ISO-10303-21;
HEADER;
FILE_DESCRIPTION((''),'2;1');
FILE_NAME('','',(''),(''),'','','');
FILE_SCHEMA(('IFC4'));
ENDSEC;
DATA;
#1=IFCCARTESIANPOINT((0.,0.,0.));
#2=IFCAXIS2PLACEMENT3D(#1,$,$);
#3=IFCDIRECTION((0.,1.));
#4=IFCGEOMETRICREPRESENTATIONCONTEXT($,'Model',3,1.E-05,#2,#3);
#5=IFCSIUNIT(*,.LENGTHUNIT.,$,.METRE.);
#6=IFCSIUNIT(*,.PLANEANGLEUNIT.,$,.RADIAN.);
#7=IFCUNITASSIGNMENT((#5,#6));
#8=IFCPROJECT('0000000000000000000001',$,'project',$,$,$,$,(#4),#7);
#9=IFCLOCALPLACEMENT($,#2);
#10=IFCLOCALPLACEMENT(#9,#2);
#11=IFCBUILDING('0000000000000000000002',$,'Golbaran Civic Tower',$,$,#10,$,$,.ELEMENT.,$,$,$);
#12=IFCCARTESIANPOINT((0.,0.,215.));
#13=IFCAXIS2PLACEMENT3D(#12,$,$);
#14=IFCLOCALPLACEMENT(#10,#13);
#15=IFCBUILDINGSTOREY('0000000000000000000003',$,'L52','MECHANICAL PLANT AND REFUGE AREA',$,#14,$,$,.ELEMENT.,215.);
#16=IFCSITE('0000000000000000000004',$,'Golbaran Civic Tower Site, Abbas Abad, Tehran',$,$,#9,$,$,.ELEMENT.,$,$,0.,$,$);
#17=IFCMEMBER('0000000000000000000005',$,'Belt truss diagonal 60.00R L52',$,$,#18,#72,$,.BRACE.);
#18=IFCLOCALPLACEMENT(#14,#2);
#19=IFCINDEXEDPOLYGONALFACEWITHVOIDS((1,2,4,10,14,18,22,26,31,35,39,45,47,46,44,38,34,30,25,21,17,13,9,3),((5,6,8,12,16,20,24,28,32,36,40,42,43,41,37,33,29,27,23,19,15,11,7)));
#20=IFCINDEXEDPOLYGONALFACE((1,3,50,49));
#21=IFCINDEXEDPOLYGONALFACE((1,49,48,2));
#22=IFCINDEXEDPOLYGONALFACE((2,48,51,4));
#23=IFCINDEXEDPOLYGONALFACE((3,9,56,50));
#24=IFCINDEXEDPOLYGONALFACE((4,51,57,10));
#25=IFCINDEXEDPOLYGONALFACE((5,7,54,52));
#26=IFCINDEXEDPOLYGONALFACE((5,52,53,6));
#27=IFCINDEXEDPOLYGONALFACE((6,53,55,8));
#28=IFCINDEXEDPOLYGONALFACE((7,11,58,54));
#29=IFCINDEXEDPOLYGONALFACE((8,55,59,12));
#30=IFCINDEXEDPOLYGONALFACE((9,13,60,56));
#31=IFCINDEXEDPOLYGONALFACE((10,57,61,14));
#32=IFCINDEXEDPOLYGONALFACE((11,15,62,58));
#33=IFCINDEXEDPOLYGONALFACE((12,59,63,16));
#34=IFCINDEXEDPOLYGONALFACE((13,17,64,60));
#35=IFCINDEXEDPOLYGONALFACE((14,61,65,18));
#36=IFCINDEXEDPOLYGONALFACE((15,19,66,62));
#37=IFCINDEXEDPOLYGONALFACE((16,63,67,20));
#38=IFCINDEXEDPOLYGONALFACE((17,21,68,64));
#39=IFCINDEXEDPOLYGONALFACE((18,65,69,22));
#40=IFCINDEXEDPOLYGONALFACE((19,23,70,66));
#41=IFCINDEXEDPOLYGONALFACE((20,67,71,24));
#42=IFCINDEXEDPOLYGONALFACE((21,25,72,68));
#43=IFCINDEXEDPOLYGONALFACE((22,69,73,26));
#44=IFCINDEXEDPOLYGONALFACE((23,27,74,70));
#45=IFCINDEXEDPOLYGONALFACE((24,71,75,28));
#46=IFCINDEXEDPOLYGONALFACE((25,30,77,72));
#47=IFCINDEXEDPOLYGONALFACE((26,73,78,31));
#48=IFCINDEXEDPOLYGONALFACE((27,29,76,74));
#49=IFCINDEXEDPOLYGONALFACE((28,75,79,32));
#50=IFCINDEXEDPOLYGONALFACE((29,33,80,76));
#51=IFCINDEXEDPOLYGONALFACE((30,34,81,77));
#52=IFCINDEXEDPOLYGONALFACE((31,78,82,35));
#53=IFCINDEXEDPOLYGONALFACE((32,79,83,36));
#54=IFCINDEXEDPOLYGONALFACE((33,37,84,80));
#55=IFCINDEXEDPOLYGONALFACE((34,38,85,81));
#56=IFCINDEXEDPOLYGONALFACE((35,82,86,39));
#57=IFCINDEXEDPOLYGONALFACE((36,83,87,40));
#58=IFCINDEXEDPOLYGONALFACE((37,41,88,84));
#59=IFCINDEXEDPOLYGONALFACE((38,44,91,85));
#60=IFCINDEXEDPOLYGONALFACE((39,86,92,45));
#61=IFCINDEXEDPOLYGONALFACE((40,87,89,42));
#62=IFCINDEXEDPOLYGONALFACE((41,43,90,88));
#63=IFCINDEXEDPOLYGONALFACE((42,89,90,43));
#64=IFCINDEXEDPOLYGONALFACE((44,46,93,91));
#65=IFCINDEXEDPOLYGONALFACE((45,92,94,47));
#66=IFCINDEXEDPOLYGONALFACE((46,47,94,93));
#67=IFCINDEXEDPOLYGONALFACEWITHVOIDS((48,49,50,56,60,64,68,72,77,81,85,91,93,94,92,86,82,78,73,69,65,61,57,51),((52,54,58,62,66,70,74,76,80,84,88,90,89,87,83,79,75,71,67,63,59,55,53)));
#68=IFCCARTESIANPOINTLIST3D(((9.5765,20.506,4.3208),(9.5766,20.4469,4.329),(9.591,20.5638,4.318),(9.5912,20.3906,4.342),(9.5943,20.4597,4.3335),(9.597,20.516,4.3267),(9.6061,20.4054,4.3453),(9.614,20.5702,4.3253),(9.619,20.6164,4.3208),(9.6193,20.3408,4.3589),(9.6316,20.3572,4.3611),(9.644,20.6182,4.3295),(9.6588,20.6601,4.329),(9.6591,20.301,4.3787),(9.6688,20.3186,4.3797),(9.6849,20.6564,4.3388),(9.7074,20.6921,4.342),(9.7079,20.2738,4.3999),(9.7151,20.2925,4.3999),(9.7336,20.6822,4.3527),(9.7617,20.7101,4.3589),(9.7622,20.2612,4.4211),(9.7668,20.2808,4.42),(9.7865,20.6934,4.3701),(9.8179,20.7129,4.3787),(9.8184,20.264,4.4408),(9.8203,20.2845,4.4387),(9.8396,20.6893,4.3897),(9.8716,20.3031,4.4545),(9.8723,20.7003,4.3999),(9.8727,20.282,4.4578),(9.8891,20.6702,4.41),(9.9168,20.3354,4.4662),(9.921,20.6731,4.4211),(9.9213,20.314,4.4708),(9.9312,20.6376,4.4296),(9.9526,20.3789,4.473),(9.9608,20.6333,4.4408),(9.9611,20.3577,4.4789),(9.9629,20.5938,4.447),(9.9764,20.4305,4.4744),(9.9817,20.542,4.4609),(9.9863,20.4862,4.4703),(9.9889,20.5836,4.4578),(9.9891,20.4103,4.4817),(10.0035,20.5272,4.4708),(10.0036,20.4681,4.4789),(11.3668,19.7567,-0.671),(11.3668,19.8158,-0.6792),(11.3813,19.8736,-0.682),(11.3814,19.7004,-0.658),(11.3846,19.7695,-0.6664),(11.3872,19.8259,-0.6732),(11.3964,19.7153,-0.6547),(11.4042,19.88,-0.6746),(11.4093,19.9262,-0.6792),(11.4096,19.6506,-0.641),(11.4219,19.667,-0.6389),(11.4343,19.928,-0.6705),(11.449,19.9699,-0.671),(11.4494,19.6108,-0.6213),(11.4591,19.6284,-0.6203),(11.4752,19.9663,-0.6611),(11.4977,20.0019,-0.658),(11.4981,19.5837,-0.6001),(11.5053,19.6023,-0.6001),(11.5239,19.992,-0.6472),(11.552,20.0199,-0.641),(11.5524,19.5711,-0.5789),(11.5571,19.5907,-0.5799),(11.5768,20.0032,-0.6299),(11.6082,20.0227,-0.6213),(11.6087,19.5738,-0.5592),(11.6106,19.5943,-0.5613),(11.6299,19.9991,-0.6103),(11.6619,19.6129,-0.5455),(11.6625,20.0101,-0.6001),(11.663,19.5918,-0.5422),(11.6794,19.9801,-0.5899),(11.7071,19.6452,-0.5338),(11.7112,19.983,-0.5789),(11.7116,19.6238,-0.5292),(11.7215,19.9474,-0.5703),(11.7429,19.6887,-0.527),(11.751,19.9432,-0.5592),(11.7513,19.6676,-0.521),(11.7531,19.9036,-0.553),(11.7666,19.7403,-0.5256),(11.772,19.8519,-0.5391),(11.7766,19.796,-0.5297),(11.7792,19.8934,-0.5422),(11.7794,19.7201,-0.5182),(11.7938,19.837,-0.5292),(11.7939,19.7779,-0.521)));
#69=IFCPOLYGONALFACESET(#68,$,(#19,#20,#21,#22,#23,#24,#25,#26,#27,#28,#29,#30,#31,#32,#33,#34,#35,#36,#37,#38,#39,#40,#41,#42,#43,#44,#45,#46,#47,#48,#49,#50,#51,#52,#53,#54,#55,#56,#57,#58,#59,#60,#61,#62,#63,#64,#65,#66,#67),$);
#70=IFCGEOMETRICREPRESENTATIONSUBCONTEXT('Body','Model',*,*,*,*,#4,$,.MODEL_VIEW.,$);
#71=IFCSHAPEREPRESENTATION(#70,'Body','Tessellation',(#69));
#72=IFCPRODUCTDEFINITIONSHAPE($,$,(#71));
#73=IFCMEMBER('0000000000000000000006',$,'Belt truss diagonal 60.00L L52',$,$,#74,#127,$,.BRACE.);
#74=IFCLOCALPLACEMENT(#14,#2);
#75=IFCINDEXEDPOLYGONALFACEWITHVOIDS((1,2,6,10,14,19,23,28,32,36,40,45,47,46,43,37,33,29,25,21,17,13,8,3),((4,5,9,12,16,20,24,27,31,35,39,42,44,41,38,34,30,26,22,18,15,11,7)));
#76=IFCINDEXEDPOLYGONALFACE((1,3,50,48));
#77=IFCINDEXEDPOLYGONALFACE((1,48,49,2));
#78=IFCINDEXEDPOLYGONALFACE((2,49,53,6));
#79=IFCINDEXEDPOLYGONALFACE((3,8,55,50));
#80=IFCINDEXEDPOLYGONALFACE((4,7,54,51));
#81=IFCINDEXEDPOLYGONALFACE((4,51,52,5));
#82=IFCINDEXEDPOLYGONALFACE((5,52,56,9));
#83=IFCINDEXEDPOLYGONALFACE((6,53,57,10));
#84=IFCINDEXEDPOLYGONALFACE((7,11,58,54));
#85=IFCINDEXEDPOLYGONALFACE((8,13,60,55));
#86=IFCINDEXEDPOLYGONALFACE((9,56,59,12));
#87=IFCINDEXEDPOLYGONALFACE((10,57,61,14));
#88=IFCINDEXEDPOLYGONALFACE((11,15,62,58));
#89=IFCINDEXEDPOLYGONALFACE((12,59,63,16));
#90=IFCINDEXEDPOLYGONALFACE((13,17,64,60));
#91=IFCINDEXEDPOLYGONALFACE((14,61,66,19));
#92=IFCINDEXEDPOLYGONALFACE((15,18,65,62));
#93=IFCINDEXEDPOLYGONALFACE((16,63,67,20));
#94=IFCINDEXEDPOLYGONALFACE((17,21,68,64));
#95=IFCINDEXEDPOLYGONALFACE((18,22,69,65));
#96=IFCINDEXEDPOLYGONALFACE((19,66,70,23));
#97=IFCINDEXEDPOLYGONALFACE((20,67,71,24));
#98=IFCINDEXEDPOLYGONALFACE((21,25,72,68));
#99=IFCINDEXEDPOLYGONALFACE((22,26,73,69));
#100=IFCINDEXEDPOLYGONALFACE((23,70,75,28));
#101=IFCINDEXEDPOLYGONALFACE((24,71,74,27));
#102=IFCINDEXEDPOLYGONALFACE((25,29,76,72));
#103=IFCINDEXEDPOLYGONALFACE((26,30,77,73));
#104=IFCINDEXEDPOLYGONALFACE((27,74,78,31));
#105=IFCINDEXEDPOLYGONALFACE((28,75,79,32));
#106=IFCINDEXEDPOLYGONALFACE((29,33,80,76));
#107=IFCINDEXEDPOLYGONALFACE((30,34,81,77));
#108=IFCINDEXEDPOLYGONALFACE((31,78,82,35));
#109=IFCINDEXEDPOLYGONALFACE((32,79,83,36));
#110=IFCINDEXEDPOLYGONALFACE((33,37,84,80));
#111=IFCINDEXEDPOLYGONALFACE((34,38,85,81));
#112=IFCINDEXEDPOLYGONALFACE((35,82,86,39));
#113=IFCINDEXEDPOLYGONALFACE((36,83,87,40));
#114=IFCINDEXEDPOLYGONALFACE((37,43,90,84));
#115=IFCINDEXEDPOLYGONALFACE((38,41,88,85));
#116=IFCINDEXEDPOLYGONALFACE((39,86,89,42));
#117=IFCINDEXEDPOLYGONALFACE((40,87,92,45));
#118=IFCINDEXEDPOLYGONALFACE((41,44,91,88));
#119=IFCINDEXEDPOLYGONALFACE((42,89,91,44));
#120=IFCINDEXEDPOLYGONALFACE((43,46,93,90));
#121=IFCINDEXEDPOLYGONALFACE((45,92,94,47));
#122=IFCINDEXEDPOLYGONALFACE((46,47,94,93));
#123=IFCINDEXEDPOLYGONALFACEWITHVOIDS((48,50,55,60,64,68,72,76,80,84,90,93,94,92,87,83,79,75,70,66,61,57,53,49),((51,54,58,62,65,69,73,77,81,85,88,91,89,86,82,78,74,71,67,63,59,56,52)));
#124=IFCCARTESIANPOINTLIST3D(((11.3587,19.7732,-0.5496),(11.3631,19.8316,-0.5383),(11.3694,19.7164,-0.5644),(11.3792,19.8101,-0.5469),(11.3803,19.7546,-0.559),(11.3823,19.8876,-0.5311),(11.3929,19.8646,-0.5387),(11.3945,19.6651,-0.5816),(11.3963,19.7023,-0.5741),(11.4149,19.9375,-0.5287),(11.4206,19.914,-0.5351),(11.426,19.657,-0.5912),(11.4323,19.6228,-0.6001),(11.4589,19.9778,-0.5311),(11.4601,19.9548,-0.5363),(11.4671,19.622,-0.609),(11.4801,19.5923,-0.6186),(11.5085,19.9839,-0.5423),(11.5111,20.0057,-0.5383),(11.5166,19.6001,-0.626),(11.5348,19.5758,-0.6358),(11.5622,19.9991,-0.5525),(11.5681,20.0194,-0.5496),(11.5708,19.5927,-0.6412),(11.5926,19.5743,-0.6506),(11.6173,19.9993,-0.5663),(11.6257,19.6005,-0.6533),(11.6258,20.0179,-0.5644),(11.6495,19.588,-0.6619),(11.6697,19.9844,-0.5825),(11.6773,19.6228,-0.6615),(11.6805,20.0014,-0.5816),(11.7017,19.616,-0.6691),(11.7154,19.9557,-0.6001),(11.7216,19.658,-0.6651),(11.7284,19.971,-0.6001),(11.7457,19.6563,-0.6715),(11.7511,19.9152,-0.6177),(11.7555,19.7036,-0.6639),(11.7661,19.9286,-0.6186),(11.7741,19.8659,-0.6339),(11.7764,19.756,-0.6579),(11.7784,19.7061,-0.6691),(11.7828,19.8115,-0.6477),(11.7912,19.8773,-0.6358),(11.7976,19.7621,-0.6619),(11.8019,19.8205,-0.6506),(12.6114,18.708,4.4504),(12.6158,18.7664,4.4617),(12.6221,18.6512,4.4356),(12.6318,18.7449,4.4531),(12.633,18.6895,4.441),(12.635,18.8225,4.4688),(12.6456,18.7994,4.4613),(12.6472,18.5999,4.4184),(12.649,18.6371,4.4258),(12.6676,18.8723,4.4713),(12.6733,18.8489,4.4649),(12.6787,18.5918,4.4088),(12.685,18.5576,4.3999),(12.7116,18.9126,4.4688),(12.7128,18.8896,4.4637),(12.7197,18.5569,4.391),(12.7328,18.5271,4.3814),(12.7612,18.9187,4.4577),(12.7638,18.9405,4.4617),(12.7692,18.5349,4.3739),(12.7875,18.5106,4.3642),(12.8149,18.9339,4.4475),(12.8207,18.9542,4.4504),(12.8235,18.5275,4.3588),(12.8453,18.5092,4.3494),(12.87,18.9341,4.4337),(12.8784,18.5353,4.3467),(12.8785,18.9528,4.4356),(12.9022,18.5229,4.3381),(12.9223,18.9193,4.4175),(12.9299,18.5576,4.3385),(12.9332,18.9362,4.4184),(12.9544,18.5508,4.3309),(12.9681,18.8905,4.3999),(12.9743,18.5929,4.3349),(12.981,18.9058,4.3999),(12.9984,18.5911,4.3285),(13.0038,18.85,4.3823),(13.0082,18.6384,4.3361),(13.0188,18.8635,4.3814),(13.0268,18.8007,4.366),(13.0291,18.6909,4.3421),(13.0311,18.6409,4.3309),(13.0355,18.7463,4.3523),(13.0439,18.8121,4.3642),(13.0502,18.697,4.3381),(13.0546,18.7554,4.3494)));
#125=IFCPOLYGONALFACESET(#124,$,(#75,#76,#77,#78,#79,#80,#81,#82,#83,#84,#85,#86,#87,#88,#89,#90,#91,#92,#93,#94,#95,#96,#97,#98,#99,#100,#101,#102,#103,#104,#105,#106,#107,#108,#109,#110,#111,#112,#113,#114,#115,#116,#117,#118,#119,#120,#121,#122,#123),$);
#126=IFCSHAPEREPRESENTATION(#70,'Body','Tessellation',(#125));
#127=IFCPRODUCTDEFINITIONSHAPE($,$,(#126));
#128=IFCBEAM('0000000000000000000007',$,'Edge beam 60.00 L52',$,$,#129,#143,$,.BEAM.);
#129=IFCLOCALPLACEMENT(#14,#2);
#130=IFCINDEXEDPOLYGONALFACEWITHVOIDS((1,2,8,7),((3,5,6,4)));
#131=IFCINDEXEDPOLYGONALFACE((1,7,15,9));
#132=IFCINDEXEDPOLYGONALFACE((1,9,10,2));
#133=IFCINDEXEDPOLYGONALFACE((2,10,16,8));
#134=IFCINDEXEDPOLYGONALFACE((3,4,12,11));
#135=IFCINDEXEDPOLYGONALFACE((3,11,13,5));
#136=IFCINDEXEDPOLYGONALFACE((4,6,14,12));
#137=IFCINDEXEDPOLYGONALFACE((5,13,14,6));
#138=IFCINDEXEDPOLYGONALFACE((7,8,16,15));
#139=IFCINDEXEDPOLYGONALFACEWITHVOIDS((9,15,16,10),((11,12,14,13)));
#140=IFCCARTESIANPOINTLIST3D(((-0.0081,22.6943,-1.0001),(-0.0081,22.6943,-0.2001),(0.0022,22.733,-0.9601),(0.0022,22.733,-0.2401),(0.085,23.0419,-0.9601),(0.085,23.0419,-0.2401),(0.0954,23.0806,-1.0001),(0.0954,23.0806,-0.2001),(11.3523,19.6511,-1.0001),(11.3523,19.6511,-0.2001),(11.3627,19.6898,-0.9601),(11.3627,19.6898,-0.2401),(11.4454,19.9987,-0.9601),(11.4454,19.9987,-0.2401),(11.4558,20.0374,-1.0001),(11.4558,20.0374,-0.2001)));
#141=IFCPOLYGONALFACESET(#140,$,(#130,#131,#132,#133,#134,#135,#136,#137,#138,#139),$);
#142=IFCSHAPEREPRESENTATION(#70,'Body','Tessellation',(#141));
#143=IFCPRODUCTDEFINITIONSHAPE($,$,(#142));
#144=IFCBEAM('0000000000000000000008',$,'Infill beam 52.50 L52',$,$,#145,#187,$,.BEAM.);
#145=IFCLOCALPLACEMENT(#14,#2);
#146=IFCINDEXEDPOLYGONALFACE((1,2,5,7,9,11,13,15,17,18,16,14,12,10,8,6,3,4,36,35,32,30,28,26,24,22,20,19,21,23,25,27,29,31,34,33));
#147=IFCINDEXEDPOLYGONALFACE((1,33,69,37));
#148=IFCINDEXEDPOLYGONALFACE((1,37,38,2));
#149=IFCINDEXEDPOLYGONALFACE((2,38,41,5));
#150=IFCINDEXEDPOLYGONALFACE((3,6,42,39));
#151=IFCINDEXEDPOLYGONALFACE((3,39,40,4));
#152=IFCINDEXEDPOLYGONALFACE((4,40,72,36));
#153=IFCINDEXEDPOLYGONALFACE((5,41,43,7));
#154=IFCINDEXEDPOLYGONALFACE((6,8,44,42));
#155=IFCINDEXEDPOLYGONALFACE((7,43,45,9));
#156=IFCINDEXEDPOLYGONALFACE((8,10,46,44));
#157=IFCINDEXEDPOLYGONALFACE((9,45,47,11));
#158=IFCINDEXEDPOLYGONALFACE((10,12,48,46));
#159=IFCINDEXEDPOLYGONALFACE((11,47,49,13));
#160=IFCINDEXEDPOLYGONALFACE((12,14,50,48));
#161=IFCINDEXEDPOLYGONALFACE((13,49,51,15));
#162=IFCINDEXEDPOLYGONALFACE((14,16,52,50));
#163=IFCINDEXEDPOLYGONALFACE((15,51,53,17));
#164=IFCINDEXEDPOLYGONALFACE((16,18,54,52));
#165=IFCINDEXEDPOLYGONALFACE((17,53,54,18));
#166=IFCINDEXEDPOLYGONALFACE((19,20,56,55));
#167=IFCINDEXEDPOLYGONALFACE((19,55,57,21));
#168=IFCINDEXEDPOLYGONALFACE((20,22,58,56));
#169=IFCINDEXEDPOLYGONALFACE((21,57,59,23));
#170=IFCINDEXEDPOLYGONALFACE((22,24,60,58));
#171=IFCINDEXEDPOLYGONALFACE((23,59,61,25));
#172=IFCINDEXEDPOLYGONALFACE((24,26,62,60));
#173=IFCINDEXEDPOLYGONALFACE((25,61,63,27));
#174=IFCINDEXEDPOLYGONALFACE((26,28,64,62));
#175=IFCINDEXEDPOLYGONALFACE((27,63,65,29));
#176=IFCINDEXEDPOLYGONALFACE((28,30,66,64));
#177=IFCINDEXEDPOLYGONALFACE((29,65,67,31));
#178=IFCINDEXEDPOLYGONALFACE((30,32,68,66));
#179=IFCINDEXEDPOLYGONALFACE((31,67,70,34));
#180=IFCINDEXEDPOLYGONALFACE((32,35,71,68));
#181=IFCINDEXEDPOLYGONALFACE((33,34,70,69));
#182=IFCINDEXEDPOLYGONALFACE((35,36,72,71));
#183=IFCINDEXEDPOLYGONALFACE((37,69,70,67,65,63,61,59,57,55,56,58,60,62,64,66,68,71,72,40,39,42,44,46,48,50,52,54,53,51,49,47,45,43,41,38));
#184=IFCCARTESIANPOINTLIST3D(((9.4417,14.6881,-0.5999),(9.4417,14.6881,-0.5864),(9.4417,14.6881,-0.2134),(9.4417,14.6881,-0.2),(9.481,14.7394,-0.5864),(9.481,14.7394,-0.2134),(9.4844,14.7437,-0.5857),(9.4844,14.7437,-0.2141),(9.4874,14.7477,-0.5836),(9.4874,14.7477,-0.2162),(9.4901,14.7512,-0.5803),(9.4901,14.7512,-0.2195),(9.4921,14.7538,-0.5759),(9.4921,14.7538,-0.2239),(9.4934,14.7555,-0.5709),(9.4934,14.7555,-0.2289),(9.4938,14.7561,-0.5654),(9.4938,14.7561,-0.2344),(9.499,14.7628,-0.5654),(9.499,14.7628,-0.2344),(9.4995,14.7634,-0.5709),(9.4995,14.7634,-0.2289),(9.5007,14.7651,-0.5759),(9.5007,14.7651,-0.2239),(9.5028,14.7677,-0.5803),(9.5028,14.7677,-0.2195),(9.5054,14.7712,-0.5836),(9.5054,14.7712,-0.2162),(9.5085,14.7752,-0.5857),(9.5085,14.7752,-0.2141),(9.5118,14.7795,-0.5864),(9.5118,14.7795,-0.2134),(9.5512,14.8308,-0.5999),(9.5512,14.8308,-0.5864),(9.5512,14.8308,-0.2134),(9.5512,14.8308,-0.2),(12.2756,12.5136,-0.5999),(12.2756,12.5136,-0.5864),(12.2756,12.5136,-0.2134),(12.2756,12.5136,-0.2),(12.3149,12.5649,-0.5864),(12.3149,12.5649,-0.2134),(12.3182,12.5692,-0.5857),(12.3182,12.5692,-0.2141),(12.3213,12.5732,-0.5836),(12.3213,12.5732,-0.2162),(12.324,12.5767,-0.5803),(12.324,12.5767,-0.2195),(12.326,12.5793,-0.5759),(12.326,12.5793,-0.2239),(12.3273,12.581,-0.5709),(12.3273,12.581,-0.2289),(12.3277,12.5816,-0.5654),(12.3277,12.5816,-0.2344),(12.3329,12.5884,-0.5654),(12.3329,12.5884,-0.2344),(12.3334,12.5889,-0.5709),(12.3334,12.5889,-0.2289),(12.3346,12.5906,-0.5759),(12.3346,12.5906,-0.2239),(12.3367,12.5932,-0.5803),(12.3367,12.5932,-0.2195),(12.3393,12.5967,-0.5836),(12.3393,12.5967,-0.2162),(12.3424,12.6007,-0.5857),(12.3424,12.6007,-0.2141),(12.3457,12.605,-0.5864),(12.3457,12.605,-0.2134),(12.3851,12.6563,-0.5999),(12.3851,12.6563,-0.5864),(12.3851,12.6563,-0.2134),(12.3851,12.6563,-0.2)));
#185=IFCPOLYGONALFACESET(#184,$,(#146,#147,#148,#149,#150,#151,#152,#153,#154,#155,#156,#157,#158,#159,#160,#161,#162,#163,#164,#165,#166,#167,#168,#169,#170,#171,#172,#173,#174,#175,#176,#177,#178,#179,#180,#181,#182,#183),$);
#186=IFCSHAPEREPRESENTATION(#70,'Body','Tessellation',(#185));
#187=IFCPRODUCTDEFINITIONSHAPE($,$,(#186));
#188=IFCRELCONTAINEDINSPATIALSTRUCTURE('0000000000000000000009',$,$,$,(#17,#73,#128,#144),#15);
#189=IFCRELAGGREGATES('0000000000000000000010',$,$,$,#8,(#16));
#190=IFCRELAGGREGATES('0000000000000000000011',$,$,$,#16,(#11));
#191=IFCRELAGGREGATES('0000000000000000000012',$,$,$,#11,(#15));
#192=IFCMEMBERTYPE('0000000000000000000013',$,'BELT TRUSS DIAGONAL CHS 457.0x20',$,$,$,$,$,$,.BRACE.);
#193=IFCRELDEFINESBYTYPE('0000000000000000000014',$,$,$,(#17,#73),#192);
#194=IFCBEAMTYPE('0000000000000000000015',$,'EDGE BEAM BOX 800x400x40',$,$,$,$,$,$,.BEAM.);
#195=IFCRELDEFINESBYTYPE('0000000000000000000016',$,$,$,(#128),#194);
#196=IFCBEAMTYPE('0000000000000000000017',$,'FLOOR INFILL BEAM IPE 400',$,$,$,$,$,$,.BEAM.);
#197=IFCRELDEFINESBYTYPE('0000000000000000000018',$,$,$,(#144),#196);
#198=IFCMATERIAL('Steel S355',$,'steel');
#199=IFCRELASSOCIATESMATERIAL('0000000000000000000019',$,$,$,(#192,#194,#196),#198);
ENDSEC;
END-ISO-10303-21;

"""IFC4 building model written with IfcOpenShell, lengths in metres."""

from ifc_helpers import new_model, si_unit, direction, frame, origin, origin_2d, place, context, subcontext, project, spatial, hollow_rectangle, hollow_circle, i_section, extrude, material, material_profile, profile_set, type_object, element, save


model = new_model("IFC4")

# Units and contexts
model_context = context("Model", 3, precision=1e-05, world=origin(), true_north=direction((0.0, 1.0)))
body_context = subcontext(model_context, "Body", "Model", "MODEL_VIEW")
ifc_project = project(units=[si_unit("LENGTHUNIT", "METRE"), si_unit("PLANEANGLEUNIT", "RADIAN")], contexts=[model_context])

# Site, building, storey
site_placement = place(None, origin())
site = spatial("IfcSite", under=ifc_project, at=site_placement, Name="Golbaran Civic Tower Site, Abbas Abad, Tehran", CompositionType="ELEMENT", RefElevation=0.0)
building_placement = place(site_placement, origin())
building = spatial("IfcBuilding", under=site, at=building_placement, Name="Golbaran Civic Tower", CompositionType="ELEMENT")
storey_placement = place(building_placement, frame((0.0, 0.0, 215.0)))
storey = spatial("IfcBuildingStorey", under=building, at=storey_placement, Name="L52", Description="MECHANICAL PLANT AND REFUGE AREA", CompositionType="ELEMENT", Elevation=215.0)

# Members
ifc_material_1 = material(Name="Steel S355", Category="steel")
ifc_material_profile_1 = material_profile(ifc_material_1, hollow_circle(Radius=0.2285, WallThickness=0.02, at=origin_2d()), Name="CHS 457.0x20")
ifc_profile_set_1 = profile_set([ifc_material_profile_1], Name="Steel S355")
member_type_1 = type_object("IfcMemberType", Name="BELT TRUSS DIAGONAL CHS 457.0x20", PredefinedType="BRACE", material=ifc_profile_set_1)
member_1_placement = place(storey_placement, frame((11.5803, 19.7969, -0.6001), z_axis=(-0.334288, 0.128874, 0.933618), x_axis=(-0.359712, -0.933063, 0.0)))
element("IfcMember", 1, at=member_1_placement, inside=storey, type_object=member_type_1, Name="Belt truss diagonal 60.00R L52", PredefinedType="BRACE", context=body_context, shape_type="SweptSolid", body=[
    extrude(hollow_circle(Radius=0.2285, WallThickness=0.02, at=origin_2d()), origin(), (0.0, 0.0, 1.0), 5.3555),
])
member_2_placement = place(storey_placement, frame((11.5803, 19.7969, -0.6001), z_axis=(0.237997, -0.202374, 0.949948), x_axis=(0.647791, 0.761818, 0.0)))
element("IfcMember", 2, at=member_2_placement, inside=storey, type_object=member_type_1, Name="Belt truss diagonal 60.00L L52", PredefinedType="BRACE", context=body_context, shape_type="SweptSolid", body=[
    extrude(hollow_circle(Radius=0.2285, WallThickness=0.02, at=origin_2d()), origin(), (0.0, 0.0, 1.0), 5.2634),
])

# Beams
ifc_material_profile_2 = material_profile(ifc_material_1, hollow_rectangle(XDim=0.3999, YDim=0.8, WallThickness=0.04, at=origin_2d()), Name="BOX 800x400x40")
ifc_profile_set_2 = profile_set([ifc_material_profile_2], Name="Steel S355")
beam_type_1 = type_object("IfcBeamType", Name="EDGE BEAM BOX 800x400x40", PredefinedType="BEAM", material=ifc_profile_set_2)
beam_1_placement = place(storey_placement, frame((11.4041, 19.8442, -0.6001), z_axis=(-0.965942, 0.258757, 0.0), x_axis=(-0.258757, -0.965942, 0.0)))
element("IfcBeam", 3, at=beam_1_placement, inside=storey, type_object=beam_type_1, Name="Edge beam 60.00 L52", PredefinedType="BEAM", context=body_context, shape_type="SweptSolid", body=[
    extrude(hollow_rectangle(XDim=0.3999, YDim=0.8, WallThickness=0.04, at=origin_2d()), origin(), (0.0, 0.0, 1.0), 11.761),
])
ifc_material_profile_3 = material_profile(ifc_material_1, i_section(OverallWidth=0.1799, OverallDepth=0.3999, WebThickness=0.0085, FlangeThickness=0.0134, FilletRadius=0.021, at=origin_2d()), Name="IPE 400")
ifc_profile_set_3 = profile_set([ifc_material_profile_3], Name="Steel S355")
beam_type_2 = type_object("IfcBeamType", Name="FLOOR INFILL BEAM IPE 400", PredefinedType="BEAM", material=ifc_profile_set_3)
beam_2_placement = place(storey_placement, frame((12.3303, 12.585, -0.3999), z_axis=(-0.793358, 0.608756, 0.0), x_axis=(-0.608756, -0.793358, 0.0)))
element("IfcBeam", 4, at=beam_2_placement, inside=storey, type_object=beam_type_2, Name="Infill beam 52.50 L52", PredefinedType="BEAM", context=body_context, shape_type="SweptSolid", body=[
    extrude(i_section(OverallWidth=0.1799, OverallDepth=0.3999, WebThickness=0.0085, FlangeThickness=0.0134, FilletRadius=0.021, at=origin_2d()), origin(), (0.0, 0.0, 1.0), 3.572),
])

save(model, "model.ifc")
